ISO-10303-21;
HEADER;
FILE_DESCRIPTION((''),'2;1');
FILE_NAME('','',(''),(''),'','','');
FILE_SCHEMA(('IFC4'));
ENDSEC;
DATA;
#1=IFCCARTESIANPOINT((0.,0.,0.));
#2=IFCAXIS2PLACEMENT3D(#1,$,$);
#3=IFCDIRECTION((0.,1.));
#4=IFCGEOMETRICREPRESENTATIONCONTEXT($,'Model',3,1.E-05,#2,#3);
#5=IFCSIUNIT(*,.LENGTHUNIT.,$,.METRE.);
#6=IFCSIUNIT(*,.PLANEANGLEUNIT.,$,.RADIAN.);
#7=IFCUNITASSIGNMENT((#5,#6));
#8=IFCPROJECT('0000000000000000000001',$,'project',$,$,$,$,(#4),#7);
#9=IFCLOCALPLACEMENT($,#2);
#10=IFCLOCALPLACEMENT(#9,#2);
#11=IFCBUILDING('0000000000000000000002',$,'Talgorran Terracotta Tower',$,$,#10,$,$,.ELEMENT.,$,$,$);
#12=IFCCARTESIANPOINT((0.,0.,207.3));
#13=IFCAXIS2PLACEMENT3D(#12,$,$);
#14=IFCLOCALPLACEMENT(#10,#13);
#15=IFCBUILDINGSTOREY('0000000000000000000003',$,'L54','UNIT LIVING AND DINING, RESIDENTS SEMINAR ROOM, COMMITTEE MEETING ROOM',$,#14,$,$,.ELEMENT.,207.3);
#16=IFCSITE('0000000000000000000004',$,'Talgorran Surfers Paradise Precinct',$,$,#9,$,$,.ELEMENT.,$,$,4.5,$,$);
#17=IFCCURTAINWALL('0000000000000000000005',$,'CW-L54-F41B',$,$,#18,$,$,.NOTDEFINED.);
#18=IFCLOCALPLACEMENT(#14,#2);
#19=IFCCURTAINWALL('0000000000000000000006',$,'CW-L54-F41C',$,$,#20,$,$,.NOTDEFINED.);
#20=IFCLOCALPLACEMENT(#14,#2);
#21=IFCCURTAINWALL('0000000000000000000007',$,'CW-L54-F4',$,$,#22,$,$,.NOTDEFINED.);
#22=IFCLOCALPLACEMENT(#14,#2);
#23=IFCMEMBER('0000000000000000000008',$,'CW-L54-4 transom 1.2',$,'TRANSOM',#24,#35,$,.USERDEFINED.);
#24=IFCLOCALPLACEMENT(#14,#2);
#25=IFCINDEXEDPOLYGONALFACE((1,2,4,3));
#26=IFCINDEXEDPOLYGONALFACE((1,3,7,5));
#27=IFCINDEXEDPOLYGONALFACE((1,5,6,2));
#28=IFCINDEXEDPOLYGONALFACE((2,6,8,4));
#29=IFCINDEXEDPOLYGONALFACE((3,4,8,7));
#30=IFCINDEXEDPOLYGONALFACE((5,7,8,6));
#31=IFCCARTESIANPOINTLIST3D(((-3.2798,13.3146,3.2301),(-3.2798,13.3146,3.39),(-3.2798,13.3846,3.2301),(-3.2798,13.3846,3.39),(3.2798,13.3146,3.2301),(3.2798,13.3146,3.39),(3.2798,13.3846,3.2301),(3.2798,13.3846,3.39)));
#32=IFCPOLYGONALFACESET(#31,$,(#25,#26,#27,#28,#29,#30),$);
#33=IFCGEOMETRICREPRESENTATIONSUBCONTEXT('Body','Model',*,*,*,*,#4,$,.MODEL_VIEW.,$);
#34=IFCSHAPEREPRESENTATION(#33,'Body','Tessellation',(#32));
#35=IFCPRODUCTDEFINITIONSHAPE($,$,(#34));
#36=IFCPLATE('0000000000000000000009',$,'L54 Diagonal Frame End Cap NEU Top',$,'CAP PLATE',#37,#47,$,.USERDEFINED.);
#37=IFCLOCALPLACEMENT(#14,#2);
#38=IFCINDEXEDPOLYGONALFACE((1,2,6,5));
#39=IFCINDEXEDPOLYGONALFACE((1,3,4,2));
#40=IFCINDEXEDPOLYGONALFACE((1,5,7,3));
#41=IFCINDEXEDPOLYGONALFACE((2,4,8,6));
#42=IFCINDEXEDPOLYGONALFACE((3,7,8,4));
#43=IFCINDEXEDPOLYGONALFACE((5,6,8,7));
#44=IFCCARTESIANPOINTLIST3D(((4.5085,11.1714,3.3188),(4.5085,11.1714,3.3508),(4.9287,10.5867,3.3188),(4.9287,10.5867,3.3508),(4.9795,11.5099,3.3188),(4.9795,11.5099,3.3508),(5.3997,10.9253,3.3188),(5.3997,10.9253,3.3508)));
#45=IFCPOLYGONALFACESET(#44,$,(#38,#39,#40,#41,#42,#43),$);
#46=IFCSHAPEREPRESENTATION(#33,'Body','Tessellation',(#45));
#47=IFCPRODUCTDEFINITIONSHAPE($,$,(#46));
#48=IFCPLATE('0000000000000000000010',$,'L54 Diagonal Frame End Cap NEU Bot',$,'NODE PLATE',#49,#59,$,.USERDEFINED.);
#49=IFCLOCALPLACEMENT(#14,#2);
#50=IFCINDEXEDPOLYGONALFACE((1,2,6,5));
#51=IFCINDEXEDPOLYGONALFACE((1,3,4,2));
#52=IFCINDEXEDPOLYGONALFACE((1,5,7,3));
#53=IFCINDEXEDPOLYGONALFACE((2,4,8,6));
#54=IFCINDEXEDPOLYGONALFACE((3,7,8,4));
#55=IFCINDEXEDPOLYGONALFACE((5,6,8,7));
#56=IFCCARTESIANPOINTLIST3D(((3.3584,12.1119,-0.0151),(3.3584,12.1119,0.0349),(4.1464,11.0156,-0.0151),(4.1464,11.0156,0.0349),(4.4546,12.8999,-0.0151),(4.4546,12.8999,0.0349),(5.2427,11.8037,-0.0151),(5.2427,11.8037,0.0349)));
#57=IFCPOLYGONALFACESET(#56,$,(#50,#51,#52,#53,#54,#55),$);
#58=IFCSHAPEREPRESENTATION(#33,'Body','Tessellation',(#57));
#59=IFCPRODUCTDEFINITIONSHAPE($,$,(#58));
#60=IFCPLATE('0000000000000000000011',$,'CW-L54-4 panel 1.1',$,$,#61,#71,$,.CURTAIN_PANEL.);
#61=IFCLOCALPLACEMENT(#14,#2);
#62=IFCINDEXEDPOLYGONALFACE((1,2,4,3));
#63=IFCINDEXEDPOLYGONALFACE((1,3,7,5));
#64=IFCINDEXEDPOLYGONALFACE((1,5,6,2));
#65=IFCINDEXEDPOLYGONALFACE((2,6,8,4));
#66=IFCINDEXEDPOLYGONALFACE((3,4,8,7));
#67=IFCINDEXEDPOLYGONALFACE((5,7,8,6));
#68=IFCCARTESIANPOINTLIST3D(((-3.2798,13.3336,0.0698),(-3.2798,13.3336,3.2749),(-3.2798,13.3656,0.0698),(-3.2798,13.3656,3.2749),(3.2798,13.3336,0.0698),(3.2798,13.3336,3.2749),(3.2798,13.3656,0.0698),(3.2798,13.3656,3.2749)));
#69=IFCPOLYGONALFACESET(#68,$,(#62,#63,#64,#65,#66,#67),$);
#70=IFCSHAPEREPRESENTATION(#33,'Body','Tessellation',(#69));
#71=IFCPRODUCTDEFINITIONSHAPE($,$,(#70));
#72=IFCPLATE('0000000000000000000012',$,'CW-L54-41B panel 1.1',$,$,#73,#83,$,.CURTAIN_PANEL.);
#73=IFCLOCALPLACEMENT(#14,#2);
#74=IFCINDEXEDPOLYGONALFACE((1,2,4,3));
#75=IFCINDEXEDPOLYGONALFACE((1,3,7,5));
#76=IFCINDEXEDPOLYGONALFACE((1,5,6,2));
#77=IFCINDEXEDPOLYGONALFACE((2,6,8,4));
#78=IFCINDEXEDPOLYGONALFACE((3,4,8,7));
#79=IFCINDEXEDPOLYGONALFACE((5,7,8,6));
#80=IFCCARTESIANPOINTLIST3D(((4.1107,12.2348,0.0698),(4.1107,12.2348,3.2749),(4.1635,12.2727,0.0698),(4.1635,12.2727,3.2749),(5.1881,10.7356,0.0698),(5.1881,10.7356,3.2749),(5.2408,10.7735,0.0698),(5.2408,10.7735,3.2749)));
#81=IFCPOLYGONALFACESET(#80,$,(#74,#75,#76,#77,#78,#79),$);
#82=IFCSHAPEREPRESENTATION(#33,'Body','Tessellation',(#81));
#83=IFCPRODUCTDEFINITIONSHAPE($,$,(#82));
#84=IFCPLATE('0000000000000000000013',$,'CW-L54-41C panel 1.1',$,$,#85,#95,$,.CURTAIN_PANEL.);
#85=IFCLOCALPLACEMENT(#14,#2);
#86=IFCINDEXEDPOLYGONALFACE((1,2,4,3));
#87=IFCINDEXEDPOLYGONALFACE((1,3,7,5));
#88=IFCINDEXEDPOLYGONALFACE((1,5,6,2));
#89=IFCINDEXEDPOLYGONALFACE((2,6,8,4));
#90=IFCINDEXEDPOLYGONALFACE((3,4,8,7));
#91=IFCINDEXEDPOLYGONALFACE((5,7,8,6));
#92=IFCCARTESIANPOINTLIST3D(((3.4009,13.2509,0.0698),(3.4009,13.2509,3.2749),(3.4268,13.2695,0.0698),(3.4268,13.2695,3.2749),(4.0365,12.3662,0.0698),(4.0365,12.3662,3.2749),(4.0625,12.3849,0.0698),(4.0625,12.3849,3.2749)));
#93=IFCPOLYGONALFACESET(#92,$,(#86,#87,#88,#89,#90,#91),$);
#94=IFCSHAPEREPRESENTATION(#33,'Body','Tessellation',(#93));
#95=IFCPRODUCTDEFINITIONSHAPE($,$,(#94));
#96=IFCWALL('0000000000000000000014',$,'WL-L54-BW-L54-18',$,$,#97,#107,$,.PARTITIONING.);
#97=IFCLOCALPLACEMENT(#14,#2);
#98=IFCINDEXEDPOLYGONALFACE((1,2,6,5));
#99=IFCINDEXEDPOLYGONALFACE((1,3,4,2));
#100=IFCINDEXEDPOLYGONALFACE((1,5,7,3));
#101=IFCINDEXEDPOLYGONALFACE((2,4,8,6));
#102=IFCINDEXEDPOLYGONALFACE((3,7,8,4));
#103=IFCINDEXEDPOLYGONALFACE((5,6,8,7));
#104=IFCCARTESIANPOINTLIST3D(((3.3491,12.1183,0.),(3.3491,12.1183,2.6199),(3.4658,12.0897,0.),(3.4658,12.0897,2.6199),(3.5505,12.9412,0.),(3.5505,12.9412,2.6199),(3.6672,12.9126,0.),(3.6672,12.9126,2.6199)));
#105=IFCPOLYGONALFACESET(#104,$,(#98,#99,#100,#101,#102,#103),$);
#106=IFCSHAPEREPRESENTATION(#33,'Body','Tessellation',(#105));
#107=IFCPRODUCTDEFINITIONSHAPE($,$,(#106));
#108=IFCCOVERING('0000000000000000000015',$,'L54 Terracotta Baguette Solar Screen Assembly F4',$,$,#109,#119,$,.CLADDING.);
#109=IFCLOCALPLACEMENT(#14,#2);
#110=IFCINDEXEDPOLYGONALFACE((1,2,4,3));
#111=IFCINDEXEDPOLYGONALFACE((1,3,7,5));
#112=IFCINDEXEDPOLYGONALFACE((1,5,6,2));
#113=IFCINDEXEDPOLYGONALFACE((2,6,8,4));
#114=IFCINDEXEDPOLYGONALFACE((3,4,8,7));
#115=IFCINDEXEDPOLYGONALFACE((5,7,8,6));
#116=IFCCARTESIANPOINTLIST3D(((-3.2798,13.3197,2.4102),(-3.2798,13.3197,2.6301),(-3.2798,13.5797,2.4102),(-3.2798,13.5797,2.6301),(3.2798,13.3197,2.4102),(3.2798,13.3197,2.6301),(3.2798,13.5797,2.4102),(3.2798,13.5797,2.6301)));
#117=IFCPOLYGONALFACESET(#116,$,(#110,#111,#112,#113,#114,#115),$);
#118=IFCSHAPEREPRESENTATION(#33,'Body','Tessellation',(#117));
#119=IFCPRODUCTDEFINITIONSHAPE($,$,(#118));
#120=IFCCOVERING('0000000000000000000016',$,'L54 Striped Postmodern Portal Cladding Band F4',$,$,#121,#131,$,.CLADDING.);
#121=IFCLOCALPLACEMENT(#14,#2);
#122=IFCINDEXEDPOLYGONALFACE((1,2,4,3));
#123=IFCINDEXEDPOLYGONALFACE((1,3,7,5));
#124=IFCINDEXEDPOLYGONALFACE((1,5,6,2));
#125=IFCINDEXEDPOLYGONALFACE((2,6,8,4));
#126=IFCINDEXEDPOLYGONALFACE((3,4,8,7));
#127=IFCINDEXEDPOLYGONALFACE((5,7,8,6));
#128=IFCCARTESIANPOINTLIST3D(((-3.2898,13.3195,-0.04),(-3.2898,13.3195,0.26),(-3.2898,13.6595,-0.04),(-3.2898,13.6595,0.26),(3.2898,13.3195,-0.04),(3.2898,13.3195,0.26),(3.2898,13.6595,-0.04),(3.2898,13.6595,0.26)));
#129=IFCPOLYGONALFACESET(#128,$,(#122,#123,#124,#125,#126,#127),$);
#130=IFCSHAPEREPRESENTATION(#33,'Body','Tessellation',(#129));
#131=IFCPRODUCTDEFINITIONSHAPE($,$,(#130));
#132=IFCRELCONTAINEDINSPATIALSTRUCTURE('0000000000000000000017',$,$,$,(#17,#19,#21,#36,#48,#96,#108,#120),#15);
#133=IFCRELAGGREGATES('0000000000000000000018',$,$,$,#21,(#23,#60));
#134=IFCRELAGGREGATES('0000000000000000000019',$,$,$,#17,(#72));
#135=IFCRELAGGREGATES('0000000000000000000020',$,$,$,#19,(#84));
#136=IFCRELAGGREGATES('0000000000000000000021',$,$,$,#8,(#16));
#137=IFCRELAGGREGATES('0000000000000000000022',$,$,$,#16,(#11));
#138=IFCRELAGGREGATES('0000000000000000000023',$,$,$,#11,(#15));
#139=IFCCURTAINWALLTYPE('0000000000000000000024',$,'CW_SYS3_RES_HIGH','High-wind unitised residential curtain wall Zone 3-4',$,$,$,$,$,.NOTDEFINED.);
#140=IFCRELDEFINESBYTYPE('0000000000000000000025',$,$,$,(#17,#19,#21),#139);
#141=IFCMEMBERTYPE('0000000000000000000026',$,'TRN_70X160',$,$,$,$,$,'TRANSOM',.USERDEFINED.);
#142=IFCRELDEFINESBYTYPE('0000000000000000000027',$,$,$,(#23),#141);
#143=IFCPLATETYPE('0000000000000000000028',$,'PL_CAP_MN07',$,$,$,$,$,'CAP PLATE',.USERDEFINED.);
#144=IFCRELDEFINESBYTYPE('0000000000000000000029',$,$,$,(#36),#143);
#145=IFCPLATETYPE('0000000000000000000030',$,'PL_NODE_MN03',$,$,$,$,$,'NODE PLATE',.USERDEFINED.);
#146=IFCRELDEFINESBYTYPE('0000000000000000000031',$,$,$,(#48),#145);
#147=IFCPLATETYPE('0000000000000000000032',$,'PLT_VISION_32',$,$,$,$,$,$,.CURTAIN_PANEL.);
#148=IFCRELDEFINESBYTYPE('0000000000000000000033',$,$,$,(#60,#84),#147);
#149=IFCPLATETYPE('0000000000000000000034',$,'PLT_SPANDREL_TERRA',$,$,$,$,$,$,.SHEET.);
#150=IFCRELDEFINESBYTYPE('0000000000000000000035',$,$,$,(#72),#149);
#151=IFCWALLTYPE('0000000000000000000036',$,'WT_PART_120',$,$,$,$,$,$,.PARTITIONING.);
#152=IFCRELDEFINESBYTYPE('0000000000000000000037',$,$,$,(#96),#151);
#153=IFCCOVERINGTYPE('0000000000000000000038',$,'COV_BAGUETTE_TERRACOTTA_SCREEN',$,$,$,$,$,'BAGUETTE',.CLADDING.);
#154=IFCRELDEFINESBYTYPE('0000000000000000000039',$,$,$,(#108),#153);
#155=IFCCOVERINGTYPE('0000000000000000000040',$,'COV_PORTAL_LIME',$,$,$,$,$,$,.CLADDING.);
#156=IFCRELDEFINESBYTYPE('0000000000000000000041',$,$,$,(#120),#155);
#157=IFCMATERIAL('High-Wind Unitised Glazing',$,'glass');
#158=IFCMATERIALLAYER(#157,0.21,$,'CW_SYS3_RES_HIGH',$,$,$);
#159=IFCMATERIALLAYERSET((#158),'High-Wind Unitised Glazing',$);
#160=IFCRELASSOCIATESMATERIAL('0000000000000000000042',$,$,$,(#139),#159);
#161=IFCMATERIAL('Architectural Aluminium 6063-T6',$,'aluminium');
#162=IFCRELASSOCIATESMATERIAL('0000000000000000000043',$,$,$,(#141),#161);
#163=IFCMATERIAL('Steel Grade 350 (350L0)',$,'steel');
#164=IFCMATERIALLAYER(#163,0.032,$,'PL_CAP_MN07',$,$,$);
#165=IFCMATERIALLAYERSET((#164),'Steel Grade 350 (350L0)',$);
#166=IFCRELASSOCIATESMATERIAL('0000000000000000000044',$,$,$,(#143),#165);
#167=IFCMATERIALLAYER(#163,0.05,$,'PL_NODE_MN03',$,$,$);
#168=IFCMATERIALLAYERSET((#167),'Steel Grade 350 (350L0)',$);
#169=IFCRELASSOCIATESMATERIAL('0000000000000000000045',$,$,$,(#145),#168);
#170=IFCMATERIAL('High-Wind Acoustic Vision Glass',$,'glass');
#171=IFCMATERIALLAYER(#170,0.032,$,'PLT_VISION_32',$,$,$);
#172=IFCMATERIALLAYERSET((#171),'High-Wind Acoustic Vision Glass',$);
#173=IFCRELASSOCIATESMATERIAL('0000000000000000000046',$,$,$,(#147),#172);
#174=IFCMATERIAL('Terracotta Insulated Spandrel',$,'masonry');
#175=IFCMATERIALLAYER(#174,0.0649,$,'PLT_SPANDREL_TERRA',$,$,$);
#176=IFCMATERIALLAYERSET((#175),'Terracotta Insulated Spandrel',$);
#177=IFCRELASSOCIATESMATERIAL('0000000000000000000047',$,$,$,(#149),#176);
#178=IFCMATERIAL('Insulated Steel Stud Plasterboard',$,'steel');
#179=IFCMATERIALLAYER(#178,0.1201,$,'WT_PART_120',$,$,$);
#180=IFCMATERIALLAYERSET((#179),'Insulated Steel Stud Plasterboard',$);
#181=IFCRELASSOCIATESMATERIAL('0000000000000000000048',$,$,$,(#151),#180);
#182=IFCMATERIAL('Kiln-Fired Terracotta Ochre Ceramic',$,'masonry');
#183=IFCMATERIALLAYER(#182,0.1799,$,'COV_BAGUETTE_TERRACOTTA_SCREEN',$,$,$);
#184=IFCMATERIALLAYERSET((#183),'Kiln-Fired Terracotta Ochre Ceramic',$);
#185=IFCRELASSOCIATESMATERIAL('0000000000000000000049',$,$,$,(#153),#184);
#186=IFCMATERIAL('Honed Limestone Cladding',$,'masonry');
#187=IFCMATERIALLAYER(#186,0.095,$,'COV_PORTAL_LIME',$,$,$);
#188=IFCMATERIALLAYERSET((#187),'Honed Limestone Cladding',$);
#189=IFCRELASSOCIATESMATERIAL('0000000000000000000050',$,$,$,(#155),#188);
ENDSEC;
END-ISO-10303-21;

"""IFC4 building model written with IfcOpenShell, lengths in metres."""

from ifc_helpers import new_model, si_unit, direction, frame, frame_2d, origin, origin_2d, place, context, subcontext, project, spatial, rectangle, extrude, source, transform, mapped, material, layer, layer_set, material_profile, profile_set, type_object, type_shapes, element, aggregate, save


model = new_model("IFC4")

# Units and contexts
model_context = context("Model", 3, precision=1e-05, world=origin(), true_north=direction((0.0, 1.0)))
body_context = subcontext(model_context, "Body", "Model", "MODEL_VIEW")
ifc_project = project(units=[si_unit("LENGTHUNIT", "METRE"), si_unit("PLANEANGLEUNIT", "RADIAN")], contexts=[model_context])

# Site, building, storey
site_placement = place(None, origin())
site = spatial("IfcSite", under=ifc_project, at=site_placement, Name="Talgorran Surfers Paradise Precinct", CompositionType="ELEMENT", RefElevation=4.5)
building_placement = place(site_placement, origin())
building = spatial("IfcBuilding", under=site, at=building_placement, Name="Talgorran Terracotta Tower", CompositionType="ELEMENT")
storey_placement = place(building_placement, frame((0.0, 0.0, 207.3)))
storey = spatial("IfcBuildingStorey", under=building, at=storey_placement, Name="L54", Description="UNIT LIVING AND DINING, RESIDENTS SEMINAR ROOM, COMMITTEE MEETING ROOM", CompositionType="ELEMENT", Elevation=207.3)

# Shared definitions
ifc_material_1 = material(Name="Steel Grade 350 (350L0)", Category="steel")

# Curtain wall
ifc_material_2 = material(Name="High-Wind Unitised Glazing", Category="glass")
ifc_layer_1 = layer(ifc_material_2, 0.21, Name="CW_SYS3_RES_HIGH")
ifc_layer_set_1 = layer_set([ifc_layer_1], Name="High-Wind Unitised Glazing")
curtain_wall_type = type_object("IfcCurtainWallType", Name="CW_SYS3_RES_HIGH", Description="High-wind unitised residential curtain wall Zone 3-4", PredefinedType="NOTDEFINED", material=ifc_layer_set_1)
curtain_wall_1_placement = place(storey_placement, origin())
curtain_wall_1 = element("IfcCurtainWall", 1, at=curtain_wall_1_placement, inside=storey, type_object=curtain_wall_type, Name="CW-L54-F41B", PredefinedType="NOTDEFINED")
ifc_material_3 = material(Name="Architectural Aluminium 6063-T6", Category="aluminium")

# Curtain wall
curtain_wall_2_placement = place(storey_placement, origin())
curtain_wall_2 = element("IfcCurtainWall", 2, at=curtain_wall_2_placement, inside=storey, type_object=curtain_wall_type, Name="CW-L54-F41C", PredefinedType="NOTDEFINED")

# Curtain wall
curtain_wall_3_placement = place(storey_placement, origin())
curtain_wall_3 = element("IfcCurtainWall", 3, at=curtain_wall_3_placement, inside=storey, type_object=curtain_wall_type, Name="CW-L54-F4", PredefinedType="NOTDEFINED")

# Member
ifc_material_profile_1 = material_profile(ifc_material_3, rectangle(XDim=0.0701, YDim=0.1599, at=origin_2d()), Name="CWT70X160")
ifc_profile_set_1 = profile_set([ifc_material_profile_1], Name="Architectural Aluminium 6063-T6")
member_type_1 = type_object("IfcMemberType", Name="TRN_70X160", ElementType="TRANSOM", PredefinedType="USERDEFINED", material=ifc_profile_set_1)
member_1_placement = place(storey_placement, frame((3.2798, 13.3496, 3.3101), z_axis=(-1.0, 0.0, 0.0), x_axis=(0.0, -1.0, 0.0)))
member_1 = element("IfcMember", 4, at=member_1_placement, type_object=member_type_1, Name="CW-L54-4 transom 1.2", ObjectType="TRANSOM", PredefinedType="USERDEFINED", context=body_context, shape_type="SweptSolid", body=[
    extrude(rectangle(XDim=0.0701, YDim=0.1599, at=origin_2d()), origin(), (0.0, 0.0, 1.0), 6.5596),
])

# Plates
ifc_layer_2 = layer(ifc_material_1, 0.032, Name="PL_CAP_MN07")
ifc_layer_set_2 = layer_set([ifc_layer_2], Name="Steel Grade 350 (350L0)")
plate_type_1 = type_object("IfcPlateType", Name="PL_CAP_MN07", ElementType="CAP PLATE", PredefinedType="USERDEFINED", material=ifc_layer_set_2)
plate_1_placement = place(storey_placement, frame((4.9541, 11.0483, 3.3188), z_axis=(0.0, 0.0, 1.0), x_axis=(0.583683, -0.811982, 0.0)))
element("IfcPlate", 5, at=plate_1_placement, inside=storey, type_object=plate_type_1, Name="L54 Diagonal Frame End Cap NEU Top", ObjectType="CAP PLATE", PredefinedType="USERDEFINED", context=body_context, shape_type="SweptSolid", body=[
    extrude(rectangle(XDim=0.72, YDim=0.5801, at=origin_2d()), origin(), (0.0, 0.0, 1.0), 0.032),
])
ifc_layer_3 = layer(ifc_material_1, 0.05, Name="PL_NODE_MN03")
ifc_layer_set_3 = layer_set([ifc_layer_3], Name="Steel Grade 350 (350L0)")
plate_type_2 = type_object("IfcPlateType", Name="PL_NODE_MN03", ElementType="NODE PLATE", PredefinedType="USERDEFINED", material=ifc_layer_set_3)
plate_2_placement = place(storey_placement, frame((4.3005, 11.9578, -0.0151), z_axis=(0.0, 0.0, 1.0), x_axis=(0.583683, -0.811982, 0.0)))
element("IfcPlate", 6, at=plate_2_placement, inside=storey, type_object=plate_type_2, Name="L54 Diagonal Frame End Cap NEU Bot", ObjectType="NODE PLATE", PredefinedType="USERDEFINED", context=body_context, shape_type="SweptSolid", body=[
    extrude(rectangle(XDim=1.3501, YDim=1.3501, at=origin_2d()), origin(), (0.0, 0.0, 1.0), 0.05),
])

# Plates
ifc_material_4 = material(Name="High-Wind Acoustic Vision Glass", Category="glass")
ifc_layer_4 = layer(ifc_material_4, 0.032, Name="PLT_VISION_32")
ifc_layer_set_4 = layer_set([ifc_layer_4], Name="High-Wind Acoustic Vision Glass")
plate_type_3 = type_object("IfcPlateType", Name="PLT_VISION_32", PredefinedType="CURTAIN_PANEL", material=ifc_layer_set_4)
shared_shape_1 = source(origin(), body_context, "Body", "SweptSolid", [
    extrude(rectangle(XDim=6.5596, YDim=0.032, at=origin_2d()), origin(), (0.0, 0.0, 1.0), 3.2051),
])
plate_3_placement = place(storey_placement, frame((0.0, 13.3496, 0.0698), z_axis=(0.0, 0.0, 1.0), x_axis=(-1.0, 0.0, 0.0)))
plate_3 = element("IfcPlate", 7, at=plate_3_placement, type_object=plate_type_3, Name="CW-L54-4 panel 1.1", PredefinedType="CURTAIN_PANEL", context=body_context, shape_type="MappedRepresentation", body=[
    mapped(shared_shape_1, transform((0.0, 0.0, 0.0), scale=1.0)),
])
aggregate(curtain_wall_3, [member_1, plate_3])
ifc_material_5 = material(Name="Terracotta Insulated Spandrel", Category="masonry")
ifc_layer_5 = layer(ifc_material_5, 0.0649, Name="PLT_SPANDREL_TERRA")
ifc_layer_set_5 = layer_set([ifc_layer_5], Name="Terracotta Insulated Spandrel")
plate_type_4 = type_object("IfcPlateType", Name="PLT_SPANDREL_TERRA", PredefinedType="SHEET", material=ifc_layer_set_5)
shared_shape_2 = source(origin(), body_context, "Body", "SweptSolid", [
    extrude(rectangle(XDim=1.8462, YDim=0.0649, at=origin_2d()), origin(), (0.0, 0.0, 1.0), 3.2051),
])
type_shapes(plate_type_4, [shared_shape_2])
plate_4_placement = place(storey_placement, frame((4.6758, 11.5042, 0.0698), z_axis=(0.0, 0.0, 1.0), x_axis=(-0.583546, 0.81208, 0.0)))
plate_4 = element("IfcPlate", 8, at=plate_4_placement, type_object=plate_type_4, Name="CW-L54-41B panel 1.1", PredefinedType="CURTAIN_PANEL", context=body_context, shape_type="MappedRepresentation", body=[
    mapped(shared_shape_2, transform((0.0, 0.0, 0.0), scale=1.0)),
])
aggregate(curtain_wall_1, [plate_4])
shared_shape_3 = source(origin(), body_context, "Body", "SweptSolid", [
    extrude(rectangle(XDim=1.0894, YDim=0.032, at=origin_2d()), origin(), (0.0, 0.0, 1.0), 3.2051),
])
type_shapes(plate_type_3, [shared_shape_1, shared_shape_3])
plate_5_placement = place(storey_placement, frame((3.7317, 12.8179, 0.0698), z_axis=(0.0, 0.0, 1.0), x_axis=(-0.583529, 0.812092, 0.0)))
plate_5 = element("IfcPlate", 9, at=plate_5_placement, type_object=plate_type_3, Name="CW-L54-41C panel 1.1", PredefinedType="CURTAIN_PANEL", context=body_context, shape_type="MappedRepresentation", body=[
    mapped(shared_shape_3, transform((0.0, 0.0, 0.0), scale=1.0)),
])
aggregate(curtain_wall_2, [plate_5])

# Wall
ifc_material_6 = material(Name="Insulated Steel Stud Plasterboard", Category="steel")
ifc_layer_6 = layer(ifc_material_6, 0.1201, Name="WT_PART_120")
ifc_layer_set_6 = layer_set([ifc_layer_6], Name="Insulated Steel Stud Plasterboard")
wall_type = type_object("IfcWallType", Name="WT_PART_120", PredefinedType="PARTITIONING", material=ifc_layer_set_6)
wall_placement = place(storey_placement, frame((3.4075, 12.104, 0.0), z_axis=(0.0, 0.0, 1.0), x_axis=(0.237719, 0.971334, 0.0)))
element("IfcWall", 10, at=wall_placement, inside=storey, type_object=wall_type, Name="WL-L54-BW-L54-18", PredefinedType="PARTITIONING", context=body_context, shape_type="SweptSolid", body=[
    extrude(rectangle(XDim=0.8472, YDim=0.1201, at=frame_2d((0.4236, 0.0))), origin(), (0.0, 0.0, 1.0), 2.6199),
])

# Coverings
ifc_material_7 = material(Name="Kiln-Fired Terracotta Ochre Ceramic", Category="masonry")
ifc_layer_7 = layer(ifc_material_7, 0.1799, Name="COV_BAGUETTE_TERRACOTTA_SCREEN")
ifc_layer_set_7 = layer_set([ifc_layer_7], Name="Kiln-Fired Terracotta Ochre Ceramic")
covering_type_1 = type_object("IfcCoveringType", Name="COV_BAGUETTE_TERRACOTTA_SCREEN", ElementType="BAGUETTE", PredefinedType="CLADDING", material=ifc_layer_set_7)
covering_1_placement = place(storey_placement, frame((0.0, 13.4497, 2.4102), z_axis=(0.0, 0.0, 1.0), x_axis=(-1.0, 0.0, 0.0)))
element("IfcCovering", 11, at=covering_1_placement, inside=storey, type_object=covering_type_1, Name="L54 Terracotta Baguette Solar Screen Assembly F4", PredefinedType="CLADDING", context=body_context, shape_type="SweptSolid", body=[
    extrude(rectangle(XDim=6.5596, YDim=0.26, at=origin_2d()), origin(), (0.0, 0.0, 1.0), 0.22),
])
ifc_material_8 = material(Name="Honed Limestone Cladding", Category="masonry")
ifc_layer_8 = layer(ifc_material_8, 0.095, Name="COV_PORTAL_LIME")
ifc_layer_set_8 = layer_set([ifc_layer_8], Name="Honed Limestone Cladding")
covering_type_2 = type_object("IfcCoveringType", Name="COV_PORTAL_LIME", PredefinedType="CLADDING", material=ifc_layer_set_8)
covering_2_placement = place(storey_placement, frame((0.0, 13.4895, -0.04), z_axis=(0.0, 0.0, 1.0), x_axis=(-1.0, 0.0, 0.0)))
element("IfcCovering", 12, at=covering_2_placement, inside=storey, type_object=covering_type_2, Name="L54 Striped Postmodern Portal Cladding Band F4", PredefinedType="CLADDING", context=body_context, shape_type="SweptSolid", body=[
    extrude(rectangle(XDim=6.5796, YDim=0.3401, at=origin_2d()), origin(), (0.0, 0.0, 1.0), 0.3),
])

save(model, "model.ifc")
